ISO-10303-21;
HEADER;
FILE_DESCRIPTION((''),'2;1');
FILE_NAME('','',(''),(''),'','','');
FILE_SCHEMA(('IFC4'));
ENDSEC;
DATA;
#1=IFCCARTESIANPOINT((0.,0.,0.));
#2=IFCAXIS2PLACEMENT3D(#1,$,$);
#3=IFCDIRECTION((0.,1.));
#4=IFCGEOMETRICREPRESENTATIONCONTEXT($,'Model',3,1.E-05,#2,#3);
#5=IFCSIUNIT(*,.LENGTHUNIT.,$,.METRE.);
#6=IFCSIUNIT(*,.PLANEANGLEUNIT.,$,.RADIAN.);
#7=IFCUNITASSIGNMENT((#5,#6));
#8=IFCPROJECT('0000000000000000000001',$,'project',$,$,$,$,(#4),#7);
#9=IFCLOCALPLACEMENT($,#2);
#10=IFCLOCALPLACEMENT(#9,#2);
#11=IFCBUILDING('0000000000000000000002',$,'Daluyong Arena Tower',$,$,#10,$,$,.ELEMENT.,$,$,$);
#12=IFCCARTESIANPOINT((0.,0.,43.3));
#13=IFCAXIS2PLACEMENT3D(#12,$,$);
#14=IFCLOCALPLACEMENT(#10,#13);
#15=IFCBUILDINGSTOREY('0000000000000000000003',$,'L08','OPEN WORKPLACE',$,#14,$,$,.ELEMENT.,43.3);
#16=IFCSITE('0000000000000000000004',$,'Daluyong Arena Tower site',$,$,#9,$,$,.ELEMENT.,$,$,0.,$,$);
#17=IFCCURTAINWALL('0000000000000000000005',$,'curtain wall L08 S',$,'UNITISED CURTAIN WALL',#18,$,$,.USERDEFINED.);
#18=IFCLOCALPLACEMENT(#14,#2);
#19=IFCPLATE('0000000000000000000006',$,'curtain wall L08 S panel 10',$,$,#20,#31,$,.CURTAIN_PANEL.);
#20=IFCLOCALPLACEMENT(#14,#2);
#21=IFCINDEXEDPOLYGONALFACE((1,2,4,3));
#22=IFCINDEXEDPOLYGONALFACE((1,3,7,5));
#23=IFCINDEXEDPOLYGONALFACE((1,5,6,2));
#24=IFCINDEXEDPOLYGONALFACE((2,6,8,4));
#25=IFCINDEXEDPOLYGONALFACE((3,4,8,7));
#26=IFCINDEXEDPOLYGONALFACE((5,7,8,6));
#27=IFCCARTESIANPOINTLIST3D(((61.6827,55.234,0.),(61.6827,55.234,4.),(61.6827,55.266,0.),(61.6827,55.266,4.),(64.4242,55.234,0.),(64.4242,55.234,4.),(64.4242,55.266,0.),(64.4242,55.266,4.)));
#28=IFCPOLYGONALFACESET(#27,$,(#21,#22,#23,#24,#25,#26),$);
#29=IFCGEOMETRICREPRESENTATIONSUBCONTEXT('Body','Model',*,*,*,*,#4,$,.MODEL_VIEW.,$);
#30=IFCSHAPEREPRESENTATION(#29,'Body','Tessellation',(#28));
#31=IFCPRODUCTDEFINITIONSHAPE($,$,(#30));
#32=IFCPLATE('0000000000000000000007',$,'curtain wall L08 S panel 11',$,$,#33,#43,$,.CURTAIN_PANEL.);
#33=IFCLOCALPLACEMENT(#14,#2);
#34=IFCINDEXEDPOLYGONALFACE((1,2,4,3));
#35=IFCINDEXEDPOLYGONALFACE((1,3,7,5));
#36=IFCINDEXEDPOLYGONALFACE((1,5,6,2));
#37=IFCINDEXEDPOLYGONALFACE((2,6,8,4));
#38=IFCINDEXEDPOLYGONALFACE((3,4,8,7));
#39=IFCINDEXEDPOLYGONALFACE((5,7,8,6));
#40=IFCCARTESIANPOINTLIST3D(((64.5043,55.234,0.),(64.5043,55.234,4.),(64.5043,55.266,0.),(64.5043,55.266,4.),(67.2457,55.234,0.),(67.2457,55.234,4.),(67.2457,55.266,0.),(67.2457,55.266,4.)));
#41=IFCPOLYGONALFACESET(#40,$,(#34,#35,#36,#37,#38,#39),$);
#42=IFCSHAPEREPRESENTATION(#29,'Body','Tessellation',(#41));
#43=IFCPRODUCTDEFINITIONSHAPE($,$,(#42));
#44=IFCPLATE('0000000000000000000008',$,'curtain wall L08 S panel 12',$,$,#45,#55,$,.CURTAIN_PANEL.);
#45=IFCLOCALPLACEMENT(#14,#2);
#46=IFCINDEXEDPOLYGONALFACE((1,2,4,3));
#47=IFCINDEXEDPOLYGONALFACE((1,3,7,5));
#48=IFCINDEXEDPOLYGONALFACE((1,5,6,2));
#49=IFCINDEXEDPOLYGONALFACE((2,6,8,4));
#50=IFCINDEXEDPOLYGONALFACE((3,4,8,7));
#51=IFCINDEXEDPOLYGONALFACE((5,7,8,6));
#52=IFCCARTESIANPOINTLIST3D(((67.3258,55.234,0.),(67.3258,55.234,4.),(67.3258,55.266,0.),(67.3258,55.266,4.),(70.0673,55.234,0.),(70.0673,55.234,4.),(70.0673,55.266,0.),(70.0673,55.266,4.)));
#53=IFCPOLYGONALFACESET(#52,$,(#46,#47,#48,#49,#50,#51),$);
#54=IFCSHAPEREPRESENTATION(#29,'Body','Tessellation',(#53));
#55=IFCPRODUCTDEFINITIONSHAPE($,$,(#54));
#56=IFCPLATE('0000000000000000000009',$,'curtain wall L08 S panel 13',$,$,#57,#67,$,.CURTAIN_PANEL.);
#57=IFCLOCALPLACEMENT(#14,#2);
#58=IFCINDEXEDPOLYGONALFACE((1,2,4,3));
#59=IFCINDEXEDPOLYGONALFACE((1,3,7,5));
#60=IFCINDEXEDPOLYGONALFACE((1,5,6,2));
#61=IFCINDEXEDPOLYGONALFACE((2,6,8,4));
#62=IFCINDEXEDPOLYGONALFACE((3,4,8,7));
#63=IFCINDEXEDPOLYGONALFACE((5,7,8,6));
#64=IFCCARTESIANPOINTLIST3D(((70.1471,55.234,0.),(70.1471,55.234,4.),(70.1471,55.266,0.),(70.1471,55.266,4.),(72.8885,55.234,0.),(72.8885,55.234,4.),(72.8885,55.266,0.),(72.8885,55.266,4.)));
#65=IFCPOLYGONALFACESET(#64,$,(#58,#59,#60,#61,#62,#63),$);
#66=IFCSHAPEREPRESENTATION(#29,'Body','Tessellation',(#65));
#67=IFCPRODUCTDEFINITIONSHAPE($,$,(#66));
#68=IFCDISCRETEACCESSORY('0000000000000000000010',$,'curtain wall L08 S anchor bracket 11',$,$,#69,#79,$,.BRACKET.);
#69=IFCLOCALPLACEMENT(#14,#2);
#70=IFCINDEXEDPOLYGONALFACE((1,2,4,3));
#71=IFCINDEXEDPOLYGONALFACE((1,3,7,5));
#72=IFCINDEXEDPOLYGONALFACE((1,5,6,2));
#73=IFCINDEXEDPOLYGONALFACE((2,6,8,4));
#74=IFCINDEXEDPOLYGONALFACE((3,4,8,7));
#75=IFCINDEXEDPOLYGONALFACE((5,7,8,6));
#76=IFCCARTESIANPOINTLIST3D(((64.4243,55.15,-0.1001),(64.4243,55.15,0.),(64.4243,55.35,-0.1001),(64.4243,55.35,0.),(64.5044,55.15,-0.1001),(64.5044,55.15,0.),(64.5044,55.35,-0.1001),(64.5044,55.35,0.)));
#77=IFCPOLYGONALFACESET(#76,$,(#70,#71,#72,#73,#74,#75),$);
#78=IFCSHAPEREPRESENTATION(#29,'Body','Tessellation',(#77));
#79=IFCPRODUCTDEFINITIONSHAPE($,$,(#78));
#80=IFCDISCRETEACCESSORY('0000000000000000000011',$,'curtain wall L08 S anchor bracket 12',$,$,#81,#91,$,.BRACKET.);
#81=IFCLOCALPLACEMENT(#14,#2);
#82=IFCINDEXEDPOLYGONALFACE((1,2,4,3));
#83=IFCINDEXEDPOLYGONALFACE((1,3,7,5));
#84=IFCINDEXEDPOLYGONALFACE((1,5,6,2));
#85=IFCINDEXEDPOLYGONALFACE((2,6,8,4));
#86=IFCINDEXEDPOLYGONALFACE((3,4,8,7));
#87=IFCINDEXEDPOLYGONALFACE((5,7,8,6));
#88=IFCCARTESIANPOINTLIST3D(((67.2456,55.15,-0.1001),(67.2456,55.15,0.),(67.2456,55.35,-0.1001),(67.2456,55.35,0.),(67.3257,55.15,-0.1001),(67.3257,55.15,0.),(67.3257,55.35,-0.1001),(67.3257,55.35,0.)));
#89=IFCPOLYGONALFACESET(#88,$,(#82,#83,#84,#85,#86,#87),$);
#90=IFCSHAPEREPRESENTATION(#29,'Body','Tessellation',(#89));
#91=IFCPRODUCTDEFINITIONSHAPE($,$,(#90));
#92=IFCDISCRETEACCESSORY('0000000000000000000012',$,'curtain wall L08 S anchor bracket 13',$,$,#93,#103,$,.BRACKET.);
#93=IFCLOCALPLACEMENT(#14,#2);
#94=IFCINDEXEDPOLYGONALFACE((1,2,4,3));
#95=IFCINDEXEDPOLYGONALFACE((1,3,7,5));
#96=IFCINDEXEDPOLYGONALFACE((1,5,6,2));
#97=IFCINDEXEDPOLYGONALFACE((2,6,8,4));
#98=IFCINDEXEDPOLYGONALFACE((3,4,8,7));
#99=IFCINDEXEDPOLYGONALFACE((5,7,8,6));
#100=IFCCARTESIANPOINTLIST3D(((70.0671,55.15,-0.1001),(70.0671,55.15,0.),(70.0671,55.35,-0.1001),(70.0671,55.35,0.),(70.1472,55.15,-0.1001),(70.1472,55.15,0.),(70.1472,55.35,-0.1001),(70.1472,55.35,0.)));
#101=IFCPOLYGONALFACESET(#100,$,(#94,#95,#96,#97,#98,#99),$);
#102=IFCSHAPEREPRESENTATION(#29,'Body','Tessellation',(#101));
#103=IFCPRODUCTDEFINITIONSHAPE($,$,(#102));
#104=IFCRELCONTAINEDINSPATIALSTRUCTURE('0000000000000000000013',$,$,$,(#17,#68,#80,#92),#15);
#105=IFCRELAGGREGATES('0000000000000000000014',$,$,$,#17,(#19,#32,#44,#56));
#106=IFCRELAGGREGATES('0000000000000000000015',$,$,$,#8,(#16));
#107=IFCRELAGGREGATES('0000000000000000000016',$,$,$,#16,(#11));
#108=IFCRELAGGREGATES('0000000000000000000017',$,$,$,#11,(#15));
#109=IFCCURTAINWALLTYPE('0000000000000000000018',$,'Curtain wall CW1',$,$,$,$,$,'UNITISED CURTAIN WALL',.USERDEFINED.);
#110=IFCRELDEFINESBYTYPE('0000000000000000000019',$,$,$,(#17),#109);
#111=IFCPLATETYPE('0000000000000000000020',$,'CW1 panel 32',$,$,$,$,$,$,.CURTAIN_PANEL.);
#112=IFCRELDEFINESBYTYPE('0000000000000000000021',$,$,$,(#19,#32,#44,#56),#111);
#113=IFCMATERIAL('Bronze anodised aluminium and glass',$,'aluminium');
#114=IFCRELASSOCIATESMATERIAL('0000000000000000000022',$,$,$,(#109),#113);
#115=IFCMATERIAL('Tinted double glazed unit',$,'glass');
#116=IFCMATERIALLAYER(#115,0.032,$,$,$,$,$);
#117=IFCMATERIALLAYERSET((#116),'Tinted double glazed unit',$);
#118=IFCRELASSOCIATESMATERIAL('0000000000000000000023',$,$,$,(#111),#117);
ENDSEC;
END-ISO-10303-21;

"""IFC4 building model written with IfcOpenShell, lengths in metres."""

from ifc_helpers import new_model, si_unit, direction, frame, origin, origin_2d, place, context, subcontext, project, spatial, rectangle, extrude, material, layer, layer_set, type_object, element, aggregate, save


model = new_model("IFC4")

# Units and contexts
model_context = context("Model", 3, precision=1e-05, world=origin(), true_north=direction((0.0, 1.0)))
body_context = subcontext(model_context, "Body", "Model", "MODEL_VIEW")
ifc_project = project(units=[si_unit("LENGTHUNIT", "METRE"), si_unit("PLANEANGLEUNIT", "RADIAN")], contexts=[model_context])

# Site, building, storey
site_placement = place(None, origin())
site = spatial("IfcSite", under=ifc_project, at=site_placement, Name="Daluyong Arena Tower site", CompositionType="ELEMENT", RefElevation=0.0)
building_placement = place(site_placement, origin())
building = spatial("IfcBuilding", under=site, at=building_placement, Name="Daluyong Arena Tower", CompositionType="ELEMENT")
storey_placement = place(building_placement, frame((0.0, 0.0, 43.3)))
storey = spatial("IfcBuildingStorey", under=building, at=storey_placement, Name="L08", Description="OPEN WORKPLACE", CompositionType="ELEMENT", Elevation=43.3)

# Curtain wall
ifc_material_1 = material(Name="Bronze anodised aluminium and glass", Category="aluminium")
curtain_wall_type = type_object("IfcCurtainWallType", Name="Curtain wall CW1", ElementType="UNITISED CURTAIN WALL", PredefinedType="USERDEFINED", material=ifc_material_1)
curtain_wall_placement = place(storey_placement, origin())
curtain_wall = element("IfcCurtainWall", 1, at=curtain_wall_placement, inside=storey, type_object=curtain_wall_type, Name="curtain wall L08 S", ObjectType="UNITISED CURTAIN WALL", PredefinedType="USERDEFINED")

# Plates
ifc_material_2 = material(Name="Tinted double glazed unit", Category="glass")
ifc_layer = layer(ifc_material_2, 0.032)
ifc_layer_set = layer_set([ifc_layer], Name="Tinted double glazed unit")
plate_type = type_object("IfcPlateType", Name="CW1 panel 32", PredefinedType="CURTAIN_PANEL", material=ifc_layer_set)
plate_1_placement = place(storey_placement, frame((63.0535, 55.25, 0.0), z_axis=(0.0, 0.0, 1.0), x_axis=(1.0, 0.0, 0.0)))
plate_1 = element("IfcPlate", 2, at=plate_1_placement, type_object=plate_type, Name="curtain wall L08 S panel 10", PredefinedType="CURTAIN_PANEL", context=body_context, shape_type="SweptSolid", body=[
    extrude(rectangle(XDim=2.7415, YDim=0.032, at=origin_2d()), origin(), (0.0, 0.0, 1.0), 4.0),
])
plate_2_placement = place(storey_placement, frame((65.875, 55.25, 0.0), z_axis=(0.0, 0.0, 1.0), x_axis=(1.0, 0.0, 0.0)))
plate_2 = element("IfcPlate", 3, at=plate_2_placement, type_object=plate_type, Name="curtain wall L08 S panel 11", PredefinedType="CURTAIN_PANEL", context=body_context, shape_type="SweptSolid", body=[
    extrude(rectangle(XDim=2.7415, YDim=0.032, at=origin_2d()), origin(), (0.0, 0.0, 1.0), 4.0),
])
plate_3_placement = place(storey_placement, frame((68.6965, 55.25, 0.0), z_axis=(0.0, 0.0, 1.0), x_axis=(1.0, 0.0, 0.0)))
plate_3 = element("IfcPlate", 4, at=plate_3_placement, type_object=plate_type, Name="curtain wall L08 S panel 12", PredefinedType="CURTAIN_PANEL", context=body_context, shape_type="SweptSolid", body=[
    extrude(rectangle(XDim=2.7415, YDim=0.032, at=origin_2d()), origin(), (0.0, 0.0, 1.0), 4.0),
])
plate_4_placement = place(storey_placement, frame((71.5178, 55.25, 0.0), z_axis=(0.0, 0.0, 1.0), x_axis=(1.0, 0.0, 0.0)))
plate_4 = element("IfcPlate", 5, at=plate_4_placement, type_object=plate_type, Name="curtain wall L08 S panel 13", PredefinedType="CURTAIN_PANEL", context=body_context, shape_type="SweptSolid", body=[
    extrude(rectangle(XDim=2.7415, YDim=0.032, at=origin_2d()), origin(), (0.0, 0.0, 1.0), 4.0),
])
aggregate(curtain_wall, [plate_1, plate_2, plate_3, plate_4])

# Discrete accessories
for number, where, z_axis, x_axis, name in (
    (6, (64.4644, 55.25, -0.1001), (0.0, 0.0, 1.0), (1.0, 0.0, 0.0), "curtain wall L08 S anchor bracket 11"),
    (7, (67.2856, 55.25, -0.1001), (0.0, 0.0, 1.0), (1.0, 0.0, 0.0), "curtain wall L08 S anchor bracket 12"),
    (8, (70.1072, 55.25, -0.1001), (0.0, 0.0, 1.0), (1.0, 0.0, 0.0), "curtain wall L08 S anchor bracket 13"),
):
    element("IfcDiscreteAccessory", number, at=place(storey_placement, frame(where, z_axis=z_axis, x_axis=x_axis)), inside=storey, Name=name, PredefinedType="BRACKET", context=body_context, shape_type="SweptSolid", body=[
        extrude(rectangle(XDim=0.0801, YDim=0.2, at=origin_2d()), origin(), (0.0, 0.0, 1.0), 0.1001),
    ])

save(model, "model.ifc")
